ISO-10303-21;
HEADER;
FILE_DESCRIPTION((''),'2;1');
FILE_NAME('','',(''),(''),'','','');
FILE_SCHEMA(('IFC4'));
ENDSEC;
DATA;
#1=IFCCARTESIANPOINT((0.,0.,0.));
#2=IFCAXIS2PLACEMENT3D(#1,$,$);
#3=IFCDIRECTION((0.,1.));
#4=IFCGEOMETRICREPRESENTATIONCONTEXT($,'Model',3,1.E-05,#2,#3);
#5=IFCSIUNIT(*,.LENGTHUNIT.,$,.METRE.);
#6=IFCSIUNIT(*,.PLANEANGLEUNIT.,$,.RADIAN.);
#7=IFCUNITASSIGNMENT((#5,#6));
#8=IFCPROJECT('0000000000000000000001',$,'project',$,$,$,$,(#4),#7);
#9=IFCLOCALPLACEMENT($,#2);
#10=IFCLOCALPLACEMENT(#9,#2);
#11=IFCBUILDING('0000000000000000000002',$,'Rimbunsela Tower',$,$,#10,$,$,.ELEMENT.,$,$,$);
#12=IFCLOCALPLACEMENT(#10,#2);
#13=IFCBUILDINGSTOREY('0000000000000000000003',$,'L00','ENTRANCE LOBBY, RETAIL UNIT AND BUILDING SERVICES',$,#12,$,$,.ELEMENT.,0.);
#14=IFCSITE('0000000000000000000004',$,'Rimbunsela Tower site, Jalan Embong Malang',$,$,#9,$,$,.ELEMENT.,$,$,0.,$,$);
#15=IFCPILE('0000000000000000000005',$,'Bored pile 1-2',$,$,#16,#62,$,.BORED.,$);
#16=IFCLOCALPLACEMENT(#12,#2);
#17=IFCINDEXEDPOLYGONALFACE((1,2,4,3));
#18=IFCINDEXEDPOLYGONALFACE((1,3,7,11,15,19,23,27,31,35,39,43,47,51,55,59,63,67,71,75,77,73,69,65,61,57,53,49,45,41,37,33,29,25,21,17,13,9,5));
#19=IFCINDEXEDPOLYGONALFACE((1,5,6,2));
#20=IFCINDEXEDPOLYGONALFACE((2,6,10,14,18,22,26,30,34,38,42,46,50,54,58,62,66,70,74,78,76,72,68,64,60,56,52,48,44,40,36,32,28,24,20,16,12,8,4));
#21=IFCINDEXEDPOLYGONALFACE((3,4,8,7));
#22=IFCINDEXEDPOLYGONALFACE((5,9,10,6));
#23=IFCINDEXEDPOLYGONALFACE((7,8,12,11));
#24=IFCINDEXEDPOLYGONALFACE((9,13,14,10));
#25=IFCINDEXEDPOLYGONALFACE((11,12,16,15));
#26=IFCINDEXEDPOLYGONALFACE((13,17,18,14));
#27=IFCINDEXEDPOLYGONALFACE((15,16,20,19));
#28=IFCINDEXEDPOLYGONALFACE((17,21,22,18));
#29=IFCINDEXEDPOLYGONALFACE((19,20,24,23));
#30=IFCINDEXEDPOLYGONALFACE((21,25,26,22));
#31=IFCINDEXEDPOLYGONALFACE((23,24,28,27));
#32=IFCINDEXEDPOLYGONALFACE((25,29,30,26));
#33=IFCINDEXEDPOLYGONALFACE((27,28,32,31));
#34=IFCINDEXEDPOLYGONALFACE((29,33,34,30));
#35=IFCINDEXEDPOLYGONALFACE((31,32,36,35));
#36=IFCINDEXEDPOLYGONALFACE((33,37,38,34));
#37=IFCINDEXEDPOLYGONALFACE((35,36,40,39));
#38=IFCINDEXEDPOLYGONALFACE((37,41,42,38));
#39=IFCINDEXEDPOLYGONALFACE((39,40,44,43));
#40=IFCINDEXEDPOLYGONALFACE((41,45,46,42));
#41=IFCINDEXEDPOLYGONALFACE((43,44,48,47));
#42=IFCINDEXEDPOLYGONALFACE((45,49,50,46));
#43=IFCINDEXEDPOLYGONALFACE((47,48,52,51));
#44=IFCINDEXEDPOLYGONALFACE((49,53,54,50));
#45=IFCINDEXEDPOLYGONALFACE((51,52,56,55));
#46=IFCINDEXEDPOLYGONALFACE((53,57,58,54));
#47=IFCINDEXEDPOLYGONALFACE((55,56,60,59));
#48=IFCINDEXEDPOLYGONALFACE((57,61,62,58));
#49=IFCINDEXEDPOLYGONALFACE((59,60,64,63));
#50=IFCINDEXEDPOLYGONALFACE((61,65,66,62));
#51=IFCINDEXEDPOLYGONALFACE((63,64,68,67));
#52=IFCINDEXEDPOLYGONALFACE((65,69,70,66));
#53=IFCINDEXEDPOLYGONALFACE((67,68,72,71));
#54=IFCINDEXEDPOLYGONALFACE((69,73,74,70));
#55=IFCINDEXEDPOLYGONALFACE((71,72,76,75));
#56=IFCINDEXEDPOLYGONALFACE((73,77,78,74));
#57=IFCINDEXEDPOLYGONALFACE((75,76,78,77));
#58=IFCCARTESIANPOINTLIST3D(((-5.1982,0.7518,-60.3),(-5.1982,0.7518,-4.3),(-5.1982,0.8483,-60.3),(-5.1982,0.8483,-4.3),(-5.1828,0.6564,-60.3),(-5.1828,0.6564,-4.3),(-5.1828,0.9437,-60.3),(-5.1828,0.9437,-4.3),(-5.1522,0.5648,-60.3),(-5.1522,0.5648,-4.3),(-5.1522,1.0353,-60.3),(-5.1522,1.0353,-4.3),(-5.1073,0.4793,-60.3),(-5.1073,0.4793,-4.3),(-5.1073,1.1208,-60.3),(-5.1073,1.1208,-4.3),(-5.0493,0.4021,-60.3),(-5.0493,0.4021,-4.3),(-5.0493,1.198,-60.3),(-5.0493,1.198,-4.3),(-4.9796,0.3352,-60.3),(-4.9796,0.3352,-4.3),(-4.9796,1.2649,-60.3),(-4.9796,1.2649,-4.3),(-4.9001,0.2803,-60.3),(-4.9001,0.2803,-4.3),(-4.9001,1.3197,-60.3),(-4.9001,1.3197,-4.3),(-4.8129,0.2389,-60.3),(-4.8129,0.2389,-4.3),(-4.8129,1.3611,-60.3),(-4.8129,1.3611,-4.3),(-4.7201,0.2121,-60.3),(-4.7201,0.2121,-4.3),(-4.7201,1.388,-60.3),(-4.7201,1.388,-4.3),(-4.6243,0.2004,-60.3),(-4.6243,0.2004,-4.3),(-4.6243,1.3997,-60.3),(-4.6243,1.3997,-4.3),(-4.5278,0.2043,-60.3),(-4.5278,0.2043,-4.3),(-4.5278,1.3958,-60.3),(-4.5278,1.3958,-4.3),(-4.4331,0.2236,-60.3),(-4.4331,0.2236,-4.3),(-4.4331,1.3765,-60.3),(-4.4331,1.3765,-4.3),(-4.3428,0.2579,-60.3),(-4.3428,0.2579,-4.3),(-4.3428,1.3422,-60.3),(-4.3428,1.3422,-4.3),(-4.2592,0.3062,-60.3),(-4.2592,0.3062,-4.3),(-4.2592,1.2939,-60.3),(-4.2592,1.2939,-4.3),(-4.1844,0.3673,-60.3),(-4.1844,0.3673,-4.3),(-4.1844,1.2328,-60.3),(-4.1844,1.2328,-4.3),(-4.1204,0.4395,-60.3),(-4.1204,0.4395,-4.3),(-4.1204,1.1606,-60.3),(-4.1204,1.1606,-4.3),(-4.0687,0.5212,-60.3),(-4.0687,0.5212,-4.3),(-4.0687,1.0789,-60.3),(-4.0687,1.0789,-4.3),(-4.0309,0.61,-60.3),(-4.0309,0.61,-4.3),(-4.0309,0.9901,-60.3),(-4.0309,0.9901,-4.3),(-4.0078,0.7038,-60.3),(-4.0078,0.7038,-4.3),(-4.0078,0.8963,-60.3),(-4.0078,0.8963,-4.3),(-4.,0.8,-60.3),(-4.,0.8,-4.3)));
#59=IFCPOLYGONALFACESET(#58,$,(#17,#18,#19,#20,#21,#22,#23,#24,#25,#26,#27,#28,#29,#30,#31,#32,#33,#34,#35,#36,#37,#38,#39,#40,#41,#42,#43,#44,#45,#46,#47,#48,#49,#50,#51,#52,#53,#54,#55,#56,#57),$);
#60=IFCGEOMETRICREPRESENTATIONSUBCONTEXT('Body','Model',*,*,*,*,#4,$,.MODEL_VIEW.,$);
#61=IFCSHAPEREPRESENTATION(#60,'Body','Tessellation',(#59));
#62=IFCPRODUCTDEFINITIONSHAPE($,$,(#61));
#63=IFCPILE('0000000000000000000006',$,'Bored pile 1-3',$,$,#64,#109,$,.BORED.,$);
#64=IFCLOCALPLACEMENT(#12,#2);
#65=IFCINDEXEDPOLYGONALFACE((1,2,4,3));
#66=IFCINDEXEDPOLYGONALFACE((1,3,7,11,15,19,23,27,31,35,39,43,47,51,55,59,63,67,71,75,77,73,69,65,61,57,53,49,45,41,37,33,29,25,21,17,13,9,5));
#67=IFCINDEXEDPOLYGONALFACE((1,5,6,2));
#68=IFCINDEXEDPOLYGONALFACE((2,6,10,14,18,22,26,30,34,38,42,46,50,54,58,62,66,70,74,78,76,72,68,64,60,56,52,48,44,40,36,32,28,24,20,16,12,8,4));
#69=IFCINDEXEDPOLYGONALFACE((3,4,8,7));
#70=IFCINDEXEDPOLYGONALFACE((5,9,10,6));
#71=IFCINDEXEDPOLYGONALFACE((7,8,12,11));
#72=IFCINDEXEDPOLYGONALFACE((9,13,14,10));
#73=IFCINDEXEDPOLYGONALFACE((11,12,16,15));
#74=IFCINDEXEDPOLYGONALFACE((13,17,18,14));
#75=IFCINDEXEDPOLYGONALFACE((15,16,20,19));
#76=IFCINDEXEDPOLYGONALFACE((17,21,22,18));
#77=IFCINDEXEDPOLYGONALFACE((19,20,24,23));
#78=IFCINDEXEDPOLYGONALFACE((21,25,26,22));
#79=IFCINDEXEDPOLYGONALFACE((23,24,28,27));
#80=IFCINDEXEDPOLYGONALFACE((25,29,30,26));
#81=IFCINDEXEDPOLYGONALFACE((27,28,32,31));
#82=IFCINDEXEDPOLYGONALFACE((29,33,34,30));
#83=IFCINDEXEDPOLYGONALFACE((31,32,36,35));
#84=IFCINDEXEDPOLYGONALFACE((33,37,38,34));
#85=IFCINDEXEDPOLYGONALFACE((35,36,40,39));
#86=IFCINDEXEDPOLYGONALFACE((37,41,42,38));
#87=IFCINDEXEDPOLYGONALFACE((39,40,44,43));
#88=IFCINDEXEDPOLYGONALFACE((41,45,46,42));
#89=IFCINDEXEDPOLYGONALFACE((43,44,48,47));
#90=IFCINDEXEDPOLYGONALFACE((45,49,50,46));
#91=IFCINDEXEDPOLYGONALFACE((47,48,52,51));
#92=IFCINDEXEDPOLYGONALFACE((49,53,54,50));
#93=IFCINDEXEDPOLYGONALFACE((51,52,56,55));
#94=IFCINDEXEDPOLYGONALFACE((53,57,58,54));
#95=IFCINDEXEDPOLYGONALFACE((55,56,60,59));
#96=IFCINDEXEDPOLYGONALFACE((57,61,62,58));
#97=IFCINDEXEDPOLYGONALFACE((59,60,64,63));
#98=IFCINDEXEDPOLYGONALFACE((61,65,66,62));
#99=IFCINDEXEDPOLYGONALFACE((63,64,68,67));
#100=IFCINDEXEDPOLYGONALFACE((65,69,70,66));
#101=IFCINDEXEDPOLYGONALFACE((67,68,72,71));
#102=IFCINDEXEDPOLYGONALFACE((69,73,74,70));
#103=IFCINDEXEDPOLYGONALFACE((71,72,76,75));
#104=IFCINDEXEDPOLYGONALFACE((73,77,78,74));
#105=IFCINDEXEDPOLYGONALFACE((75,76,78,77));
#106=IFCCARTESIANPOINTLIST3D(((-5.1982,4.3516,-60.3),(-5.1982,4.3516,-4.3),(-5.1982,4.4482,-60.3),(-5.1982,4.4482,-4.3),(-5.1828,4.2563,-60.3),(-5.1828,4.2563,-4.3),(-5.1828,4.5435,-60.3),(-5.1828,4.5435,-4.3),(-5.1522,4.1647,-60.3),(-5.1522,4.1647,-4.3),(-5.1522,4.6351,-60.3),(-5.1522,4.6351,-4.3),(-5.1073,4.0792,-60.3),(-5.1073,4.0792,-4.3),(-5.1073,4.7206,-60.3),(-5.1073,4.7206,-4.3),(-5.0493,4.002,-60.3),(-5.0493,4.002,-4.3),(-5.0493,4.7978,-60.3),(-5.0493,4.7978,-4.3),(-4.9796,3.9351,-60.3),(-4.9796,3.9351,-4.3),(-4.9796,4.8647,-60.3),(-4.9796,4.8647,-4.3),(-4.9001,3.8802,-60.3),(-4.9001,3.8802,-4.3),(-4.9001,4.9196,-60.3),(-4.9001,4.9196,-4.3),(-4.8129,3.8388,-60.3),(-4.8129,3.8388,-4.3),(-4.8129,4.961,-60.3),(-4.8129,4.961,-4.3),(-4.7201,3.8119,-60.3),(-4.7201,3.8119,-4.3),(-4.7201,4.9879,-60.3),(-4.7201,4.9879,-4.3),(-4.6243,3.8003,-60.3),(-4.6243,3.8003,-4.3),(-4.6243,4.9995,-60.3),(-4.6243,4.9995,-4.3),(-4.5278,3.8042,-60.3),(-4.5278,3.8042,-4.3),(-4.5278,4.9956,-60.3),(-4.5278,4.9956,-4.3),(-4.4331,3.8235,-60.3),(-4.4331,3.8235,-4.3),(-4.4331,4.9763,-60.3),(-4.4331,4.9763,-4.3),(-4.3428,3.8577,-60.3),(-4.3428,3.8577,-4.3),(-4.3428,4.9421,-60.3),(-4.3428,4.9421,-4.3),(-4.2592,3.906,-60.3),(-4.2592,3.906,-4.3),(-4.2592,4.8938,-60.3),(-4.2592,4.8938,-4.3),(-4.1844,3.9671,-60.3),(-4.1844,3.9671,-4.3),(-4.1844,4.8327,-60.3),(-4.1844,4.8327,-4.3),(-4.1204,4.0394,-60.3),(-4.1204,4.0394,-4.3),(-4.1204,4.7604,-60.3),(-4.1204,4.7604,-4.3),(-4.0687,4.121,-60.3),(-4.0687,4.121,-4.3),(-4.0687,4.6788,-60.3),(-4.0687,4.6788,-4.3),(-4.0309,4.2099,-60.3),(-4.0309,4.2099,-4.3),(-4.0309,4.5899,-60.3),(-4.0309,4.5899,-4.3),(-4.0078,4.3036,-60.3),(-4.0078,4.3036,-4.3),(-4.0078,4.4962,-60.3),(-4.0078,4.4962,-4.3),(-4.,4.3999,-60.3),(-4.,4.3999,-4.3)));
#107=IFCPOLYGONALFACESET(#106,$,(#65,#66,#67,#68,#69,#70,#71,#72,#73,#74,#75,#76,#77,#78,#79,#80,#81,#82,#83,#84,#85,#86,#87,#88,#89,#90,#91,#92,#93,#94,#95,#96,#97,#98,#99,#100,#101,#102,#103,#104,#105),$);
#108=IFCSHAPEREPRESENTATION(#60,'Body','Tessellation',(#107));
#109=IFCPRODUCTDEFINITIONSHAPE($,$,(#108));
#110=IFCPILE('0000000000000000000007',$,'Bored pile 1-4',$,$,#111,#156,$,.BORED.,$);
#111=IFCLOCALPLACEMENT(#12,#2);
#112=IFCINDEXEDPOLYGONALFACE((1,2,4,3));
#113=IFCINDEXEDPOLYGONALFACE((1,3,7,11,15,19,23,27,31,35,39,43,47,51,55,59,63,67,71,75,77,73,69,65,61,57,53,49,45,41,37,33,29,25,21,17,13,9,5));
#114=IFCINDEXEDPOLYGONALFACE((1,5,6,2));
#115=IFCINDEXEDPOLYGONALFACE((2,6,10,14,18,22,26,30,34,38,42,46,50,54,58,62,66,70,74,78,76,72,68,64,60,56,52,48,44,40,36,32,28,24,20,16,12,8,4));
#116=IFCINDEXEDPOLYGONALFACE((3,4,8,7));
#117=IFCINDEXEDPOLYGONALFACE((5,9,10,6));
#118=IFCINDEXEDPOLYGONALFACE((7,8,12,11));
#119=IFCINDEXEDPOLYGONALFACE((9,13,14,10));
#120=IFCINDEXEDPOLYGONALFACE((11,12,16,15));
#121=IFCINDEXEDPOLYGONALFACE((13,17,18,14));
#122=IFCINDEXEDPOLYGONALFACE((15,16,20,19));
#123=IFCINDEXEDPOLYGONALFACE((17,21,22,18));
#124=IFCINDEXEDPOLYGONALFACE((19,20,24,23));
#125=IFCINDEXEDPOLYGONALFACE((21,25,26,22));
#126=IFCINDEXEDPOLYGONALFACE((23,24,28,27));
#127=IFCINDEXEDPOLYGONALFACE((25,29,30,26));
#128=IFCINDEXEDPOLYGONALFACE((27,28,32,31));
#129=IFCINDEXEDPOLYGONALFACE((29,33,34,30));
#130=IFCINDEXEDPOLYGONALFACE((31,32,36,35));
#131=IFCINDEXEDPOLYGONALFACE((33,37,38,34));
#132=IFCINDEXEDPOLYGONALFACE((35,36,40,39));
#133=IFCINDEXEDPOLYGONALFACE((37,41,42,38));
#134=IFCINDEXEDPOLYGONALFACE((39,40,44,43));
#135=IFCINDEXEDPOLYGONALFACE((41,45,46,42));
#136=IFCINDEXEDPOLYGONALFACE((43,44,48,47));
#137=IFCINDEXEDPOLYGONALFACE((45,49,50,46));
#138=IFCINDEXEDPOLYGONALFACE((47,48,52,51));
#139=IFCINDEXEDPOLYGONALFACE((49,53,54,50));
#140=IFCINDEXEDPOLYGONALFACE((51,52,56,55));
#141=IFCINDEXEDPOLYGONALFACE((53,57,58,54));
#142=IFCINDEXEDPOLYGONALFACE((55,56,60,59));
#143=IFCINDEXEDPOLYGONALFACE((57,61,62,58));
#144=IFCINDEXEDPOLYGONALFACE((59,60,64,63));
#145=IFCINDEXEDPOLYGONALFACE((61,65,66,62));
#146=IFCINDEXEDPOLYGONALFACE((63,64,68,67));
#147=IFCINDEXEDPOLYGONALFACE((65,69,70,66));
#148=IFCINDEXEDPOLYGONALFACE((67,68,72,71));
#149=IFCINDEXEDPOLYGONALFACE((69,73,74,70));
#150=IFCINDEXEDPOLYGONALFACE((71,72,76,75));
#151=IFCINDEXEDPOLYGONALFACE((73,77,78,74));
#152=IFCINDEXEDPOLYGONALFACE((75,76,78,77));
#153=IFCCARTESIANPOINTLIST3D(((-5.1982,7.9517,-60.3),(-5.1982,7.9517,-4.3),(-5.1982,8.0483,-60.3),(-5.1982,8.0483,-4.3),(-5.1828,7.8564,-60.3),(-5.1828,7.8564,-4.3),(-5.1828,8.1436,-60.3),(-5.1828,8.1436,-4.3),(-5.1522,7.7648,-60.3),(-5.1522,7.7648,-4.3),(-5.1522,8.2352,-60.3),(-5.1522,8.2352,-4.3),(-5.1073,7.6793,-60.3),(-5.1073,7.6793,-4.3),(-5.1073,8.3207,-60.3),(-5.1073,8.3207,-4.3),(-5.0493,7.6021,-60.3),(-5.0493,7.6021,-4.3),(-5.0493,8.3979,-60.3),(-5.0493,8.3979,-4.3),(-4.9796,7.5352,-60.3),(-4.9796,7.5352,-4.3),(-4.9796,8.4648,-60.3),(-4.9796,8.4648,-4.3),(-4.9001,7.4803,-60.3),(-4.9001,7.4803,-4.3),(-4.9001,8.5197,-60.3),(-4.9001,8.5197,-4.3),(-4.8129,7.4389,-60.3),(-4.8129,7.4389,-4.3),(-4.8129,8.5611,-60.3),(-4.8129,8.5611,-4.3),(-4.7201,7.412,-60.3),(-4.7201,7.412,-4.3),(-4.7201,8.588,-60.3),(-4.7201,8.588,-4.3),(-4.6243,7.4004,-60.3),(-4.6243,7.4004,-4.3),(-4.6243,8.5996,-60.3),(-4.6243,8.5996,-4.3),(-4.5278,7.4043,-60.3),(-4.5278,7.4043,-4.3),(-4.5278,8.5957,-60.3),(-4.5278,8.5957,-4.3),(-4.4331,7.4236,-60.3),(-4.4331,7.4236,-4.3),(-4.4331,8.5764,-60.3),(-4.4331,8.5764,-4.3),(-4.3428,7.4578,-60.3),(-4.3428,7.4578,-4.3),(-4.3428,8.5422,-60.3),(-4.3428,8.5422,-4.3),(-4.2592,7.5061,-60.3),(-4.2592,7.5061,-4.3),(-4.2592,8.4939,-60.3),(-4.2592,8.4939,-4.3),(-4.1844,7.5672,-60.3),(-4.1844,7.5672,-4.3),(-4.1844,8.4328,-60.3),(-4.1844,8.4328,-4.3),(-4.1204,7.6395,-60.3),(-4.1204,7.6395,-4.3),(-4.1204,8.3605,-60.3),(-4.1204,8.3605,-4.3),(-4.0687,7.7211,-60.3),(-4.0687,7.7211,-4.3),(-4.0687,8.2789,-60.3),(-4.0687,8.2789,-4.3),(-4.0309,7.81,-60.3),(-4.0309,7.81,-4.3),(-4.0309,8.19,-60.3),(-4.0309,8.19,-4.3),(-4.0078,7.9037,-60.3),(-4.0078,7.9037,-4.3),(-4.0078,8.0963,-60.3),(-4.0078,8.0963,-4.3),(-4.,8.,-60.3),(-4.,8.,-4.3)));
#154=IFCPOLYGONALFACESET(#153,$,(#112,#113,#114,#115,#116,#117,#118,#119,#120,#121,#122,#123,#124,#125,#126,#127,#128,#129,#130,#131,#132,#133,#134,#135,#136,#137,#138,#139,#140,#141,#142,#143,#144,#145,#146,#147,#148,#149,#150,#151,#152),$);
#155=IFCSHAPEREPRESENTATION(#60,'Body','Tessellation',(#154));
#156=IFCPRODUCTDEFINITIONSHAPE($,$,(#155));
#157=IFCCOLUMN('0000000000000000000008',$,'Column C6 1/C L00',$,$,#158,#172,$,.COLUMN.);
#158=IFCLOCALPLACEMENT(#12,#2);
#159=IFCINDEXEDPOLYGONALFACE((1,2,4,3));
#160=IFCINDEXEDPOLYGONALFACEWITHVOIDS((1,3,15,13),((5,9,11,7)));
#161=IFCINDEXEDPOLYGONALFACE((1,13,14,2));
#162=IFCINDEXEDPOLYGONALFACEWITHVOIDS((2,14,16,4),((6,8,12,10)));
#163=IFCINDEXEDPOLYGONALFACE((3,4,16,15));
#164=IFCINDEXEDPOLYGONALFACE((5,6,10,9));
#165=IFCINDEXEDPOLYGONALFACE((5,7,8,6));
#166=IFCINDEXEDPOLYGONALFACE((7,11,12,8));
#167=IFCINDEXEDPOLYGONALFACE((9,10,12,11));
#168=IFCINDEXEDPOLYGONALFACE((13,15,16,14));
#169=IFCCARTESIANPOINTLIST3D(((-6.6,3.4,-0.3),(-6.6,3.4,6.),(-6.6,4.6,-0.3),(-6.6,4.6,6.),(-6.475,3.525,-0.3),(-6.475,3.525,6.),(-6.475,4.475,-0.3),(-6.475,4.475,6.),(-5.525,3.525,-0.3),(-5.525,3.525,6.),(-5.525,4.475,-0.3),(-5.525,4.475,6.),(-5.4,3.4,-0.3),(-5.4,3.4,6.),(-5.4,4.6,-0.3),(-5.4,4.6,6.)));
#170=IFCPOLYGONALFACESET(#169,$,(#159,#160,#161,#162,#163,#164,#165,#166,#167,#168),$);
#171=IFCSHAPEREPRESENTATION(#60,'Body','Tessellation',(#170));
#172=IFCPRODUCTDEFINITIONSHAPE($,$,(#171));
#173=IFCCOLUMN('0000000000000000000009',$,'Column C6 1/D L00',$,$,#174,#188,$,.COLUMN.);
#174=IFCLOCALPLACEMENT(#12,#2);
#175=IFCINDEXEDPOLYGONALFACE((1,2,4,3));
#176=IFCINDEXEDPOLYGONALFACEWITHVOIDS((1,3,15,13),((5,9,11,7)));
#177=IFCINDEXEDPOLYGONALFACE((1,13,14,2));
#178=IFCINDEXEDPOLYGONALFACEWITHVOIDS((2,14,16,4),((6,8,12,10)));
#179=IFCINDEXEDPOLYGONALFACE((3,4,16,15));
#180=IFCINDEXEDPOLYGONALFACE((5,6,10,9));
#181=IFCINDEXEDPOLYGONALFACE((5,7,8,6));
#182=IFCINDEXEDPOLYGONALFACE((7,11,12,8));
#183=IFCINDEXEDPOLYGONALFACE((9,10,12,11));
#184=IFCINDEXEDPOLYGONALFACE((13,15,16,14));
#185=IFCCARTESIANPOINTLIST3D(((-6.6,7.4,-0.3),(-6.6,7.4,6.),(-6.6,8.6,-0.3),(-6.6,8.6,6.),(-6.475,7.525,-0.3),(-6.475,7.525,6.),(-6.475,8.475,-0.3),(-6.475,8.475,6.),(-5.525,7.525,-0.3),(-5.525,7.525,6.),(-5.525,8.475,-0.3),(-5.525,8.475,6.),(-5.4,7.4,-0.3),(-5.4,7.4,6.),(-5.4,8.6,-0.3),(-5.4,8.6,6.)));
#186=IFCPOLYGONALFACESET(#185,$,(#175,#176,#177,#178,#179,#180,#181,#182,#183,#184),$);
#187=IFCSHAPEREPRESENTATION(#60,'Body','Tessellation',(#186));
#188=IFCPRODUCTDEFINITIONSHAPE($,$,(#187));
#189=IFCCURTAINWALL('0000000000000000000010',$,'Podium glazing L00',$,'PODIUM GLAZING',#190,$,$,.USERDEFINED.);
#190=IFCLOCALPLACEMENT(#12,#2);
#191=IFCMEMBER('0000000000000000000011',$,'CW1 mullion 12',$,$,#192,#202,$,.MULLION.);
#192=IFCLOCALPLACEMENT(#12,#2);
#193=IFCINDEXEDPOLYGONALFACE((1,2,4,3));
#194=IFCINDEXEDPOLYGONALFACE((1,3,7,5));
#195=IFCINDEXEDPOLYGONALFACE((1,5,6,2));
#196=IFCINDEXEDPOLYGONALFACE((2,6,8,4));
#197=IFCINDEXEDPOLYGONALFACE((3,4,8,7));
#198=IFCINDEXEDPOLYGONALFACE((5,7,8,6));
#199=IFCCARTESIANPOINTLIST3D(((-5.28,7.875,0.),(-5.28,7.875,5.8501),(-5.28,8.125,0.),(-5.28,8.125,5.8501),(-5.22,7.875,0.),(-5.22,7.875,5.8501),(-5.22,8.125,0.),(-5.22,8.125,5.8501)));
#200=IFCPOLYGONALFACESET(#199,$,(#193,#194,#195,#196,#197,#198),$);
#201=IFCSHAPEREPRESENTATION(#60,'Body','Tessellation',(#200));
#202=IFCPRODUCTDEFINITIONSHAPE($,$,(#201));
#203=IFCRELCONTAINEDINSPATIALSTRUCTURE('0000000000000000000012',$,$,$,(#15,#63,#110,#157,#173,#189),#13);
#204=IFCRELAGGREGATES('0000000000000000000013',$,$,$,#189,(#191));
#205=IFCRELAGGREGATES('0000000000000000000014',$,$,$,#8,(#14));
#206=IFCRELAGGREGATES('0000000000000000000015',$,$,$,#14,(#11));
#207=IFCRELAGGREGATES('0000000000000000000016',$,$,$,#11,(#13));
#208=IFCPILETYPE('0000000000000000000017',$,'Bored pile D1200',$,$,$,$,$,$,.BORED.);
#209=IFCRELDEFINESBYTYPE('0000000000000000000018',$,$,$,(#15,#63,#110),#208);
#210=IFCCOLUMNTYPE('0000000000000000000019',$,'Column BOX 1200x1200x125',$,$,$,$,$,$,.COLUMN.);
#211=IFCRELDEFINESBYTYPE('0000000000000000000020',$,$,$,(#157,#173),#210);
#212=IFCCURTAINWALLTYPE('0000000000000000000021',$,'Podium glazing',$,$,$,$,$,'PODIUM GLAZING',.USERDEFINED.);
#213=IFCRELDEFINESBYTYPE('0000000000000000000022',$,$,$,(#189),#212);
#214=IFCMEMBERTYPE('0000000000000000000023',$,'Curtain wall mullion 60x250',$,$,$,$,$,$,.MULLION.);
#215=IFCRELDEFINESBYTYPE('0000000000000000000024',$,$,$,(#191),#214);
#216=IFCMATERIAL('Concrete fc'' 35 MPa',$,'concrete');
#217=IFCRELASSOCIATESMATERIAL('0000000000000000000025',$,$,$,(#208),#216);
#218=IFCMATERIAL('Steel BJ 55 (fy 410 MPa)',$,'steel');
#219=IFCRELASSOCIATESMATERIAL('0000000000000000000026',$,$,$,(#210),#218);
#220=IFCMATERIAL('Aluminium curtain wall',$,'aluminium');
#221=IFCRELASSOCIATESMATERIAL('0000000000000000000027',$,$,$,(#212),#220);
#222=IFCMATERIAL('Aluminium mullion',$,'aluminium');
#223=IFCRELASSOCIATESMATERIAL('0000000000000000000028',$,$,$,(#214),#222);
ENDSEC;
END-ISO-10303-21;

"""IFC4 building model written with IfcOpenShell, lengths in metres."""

from ifc_helpers import new_model, si_unit, direction, frame, origin, origin_2d, place, context, subcontext, project, spatial, rectangle, hollow_rectangle, circle, extrude, material, material_profile, profile_set, type_object, element, aggregate, save


model = new_model("IFC4")

# Units and contexts
model_context = context("Model", 3, precision=1e-05, world=origin(), true_north=direction((0.0, 1.0)))
body_context = subcontext(model_context, "Body", "Model", "MODEL_VIEW")
ifc_project = project(units=[si_unit("LENGTHUNIT", "METRE"), si_unit("PLANEANGLEUNIT", "RADIAN")], contexts=[model_context])

# Site, building, storey
site_placement = place(None, origin())
site = spatial("IfcSite", under=ifc_project, at=site_placement, Name="Rimbunsela Tower site, Jalan Embong Malang", CompositionType="ELEMENT", RefElevation=0.0)
building_placement = place(site_placement, origin())
building = spatial("IfcBuilding", under=site, at=building_placement, Name="Rimbunsela Tower", CompositionType="ELEMENT")
storey_placement = place(building_placement, origin())
storey = spatial("IfcBuildingStorey", under=building, at=storey_placement, Name="L00", Description="ENTRANCE LOBBY, RETAIL UNIT AND BUILDING SERVICES", CompositionType="ELEMENT", Elevation=0.0)

# Piles
ifc_material_1 = material(Name="Concrete fc' 35 MPa", Category="concrete")
ifc_material_profile_1 = material_profile(ifc_material_1, circle(Radius=0.6001, at=origin_2d()), Name="BP D1200")
ifc_profile_set_1 = profile_set([ifc_material_profile_1], Name="Concrete fc' 35 MPa")
pile_type = type_object("IfcPileType", Name="Bored pile D1200", PredefinedType="BORED", material=ifc_profile_set_1)
for number, where, z_axis, x_axis, name in (
    (1, (-4.6001, 0.8, -4.3), (0.0, 0.0, -1.0), (1.0, 0.0, 0.0), "Bored pile 1-2"),
    (2, (-4.6001, 4.3999, -4.3), (0.0, 0.0, -1.0), (1.0, 0.0, 0.0), "Bored pile 1-3"),
    (3, (-4.6001, 8.0, -4.3), (0.0, 0.0, -1.0), (1.0, 0.0, 0.0), "Bored pile 1-4"),
):
    element("IfcPile", number, at=place(storey_placement, frame(where, z_axis=z_axis, x_axis=x_axis)), inside=storey, type_object=pile_type, Name=name, PredefinedType="BORED", context=body_context, shape_type="SweptSolid", body=[
        extrude(circle(Radius=0.6001, at=origin_2d()), origin(), (0.0, 0.0, 1.0), 56.0),
    ])

# Columns
ifc_material_2 = material(Name="Steel BJ 55 (fy 410 MPa)", Category="steel")
ifc_material_profile_2 = material_profile(ifc_material_2, hollow_rectangle(XDim=1.2, YDim=1.2, WallThickness=0.125, at=origin_2d()), Name="BOX 1200x1200x125")
ifc_profile_set_2 = profile_set([ifc_material_profile_2], Name="Steel BJ 55 (fy 410 MPa)")
column_type = type_object("IfcColumnType", Name="Column BOX 1200x1200x125", PredefinedType="COLUMN", material=ifc_profile_set_2)
for number, where, z_axis, x_axis, name in (
    (4, (-6.0, 4.0, -0.3), (0.0, 0.0, 1.0), (1.0, 0.0, 0.0), "Column C6 1/C L00"),
    (5, (-6.0, 8.0, -0.3), (0.0, 0.0, 1.0), (1.0, 0.0, 0.0), "Column C6 1/D L00"),
):
    element("IfcColumn", number, at=place(storey_placement, frame(where, z_axis=z_axis, x_axis=x_axis)), inside=storey, type_object=column_type, Name=name, PredefinedType="COLUMN", context=body_context, shape_type="SweptSolid", body=[
        extrude(hollow_rectangle(XDim=1.2, YDim=1.2, WallThickness=0.125, at=origin_2d()), origin(), (0.0, 0.0, 1.0), 6.3),
    ])

# Curtain wall, member
ifc_material_3 = material(Name="Aluminium curtain wall", Category="aluminium")
curtain_wall_type = type_object("IfcCurtainWallType", Name="Podium glazing", ElementType="PODIUM GLAZING", PredefinedType="USERDEFINED", material=ifc_material_3)
curtain_wall_placement = place(storey_placement, origin())
curtain_wall = element("IfcCurtainWall", 6, at=curtain_wall_placement, inside=storey, type_object=curtain_wall_type, Name="Podium glazing L00", ObjectType="PODIUM GLAZING", PredefinedType="USERDEFINED")
ifc_material_4 = material(Name="Aluminium mullion", Category="aluminium")
ifc_material_profile_3 = material_profile(ifc_material_4, rectangle(XDim=0.0601, YDim=0.25, at=origin_2d()), Name="Mullion 60x250")
ifc_profile_set_3 = profile_set([ifc_material_profile_3], Name="Aluminium mullion")
member_type_1 = type_object("IfcMemberType", Name="Curtain wall mullion 60x250", PredefinedType="MULLION", material=ifc_profile_set_3)
member_1_placement = place(storey_placement, frame((-5.25, 8.0, 0.0), z_axis=(0.0, 0.0, 1.0), x_axis=(1.0, 0.0, 0.0)))
member_1 = element("IfcMember", 7, at=member_1_placement, type_object=member_type_1, Name="CW1 mullion 12", PredefinedType="MULLION", context=body_context, shape_type="SweptSolid", body=[
    extrude(rectangle(XDim=0.0601, YDim=0.25, at=origin_2d()), origin(), (0.0, 0.0, 1.0), 5.8501),
])
aggregate(curtain_wall, [member_1])

save(model, "model.ifc")
